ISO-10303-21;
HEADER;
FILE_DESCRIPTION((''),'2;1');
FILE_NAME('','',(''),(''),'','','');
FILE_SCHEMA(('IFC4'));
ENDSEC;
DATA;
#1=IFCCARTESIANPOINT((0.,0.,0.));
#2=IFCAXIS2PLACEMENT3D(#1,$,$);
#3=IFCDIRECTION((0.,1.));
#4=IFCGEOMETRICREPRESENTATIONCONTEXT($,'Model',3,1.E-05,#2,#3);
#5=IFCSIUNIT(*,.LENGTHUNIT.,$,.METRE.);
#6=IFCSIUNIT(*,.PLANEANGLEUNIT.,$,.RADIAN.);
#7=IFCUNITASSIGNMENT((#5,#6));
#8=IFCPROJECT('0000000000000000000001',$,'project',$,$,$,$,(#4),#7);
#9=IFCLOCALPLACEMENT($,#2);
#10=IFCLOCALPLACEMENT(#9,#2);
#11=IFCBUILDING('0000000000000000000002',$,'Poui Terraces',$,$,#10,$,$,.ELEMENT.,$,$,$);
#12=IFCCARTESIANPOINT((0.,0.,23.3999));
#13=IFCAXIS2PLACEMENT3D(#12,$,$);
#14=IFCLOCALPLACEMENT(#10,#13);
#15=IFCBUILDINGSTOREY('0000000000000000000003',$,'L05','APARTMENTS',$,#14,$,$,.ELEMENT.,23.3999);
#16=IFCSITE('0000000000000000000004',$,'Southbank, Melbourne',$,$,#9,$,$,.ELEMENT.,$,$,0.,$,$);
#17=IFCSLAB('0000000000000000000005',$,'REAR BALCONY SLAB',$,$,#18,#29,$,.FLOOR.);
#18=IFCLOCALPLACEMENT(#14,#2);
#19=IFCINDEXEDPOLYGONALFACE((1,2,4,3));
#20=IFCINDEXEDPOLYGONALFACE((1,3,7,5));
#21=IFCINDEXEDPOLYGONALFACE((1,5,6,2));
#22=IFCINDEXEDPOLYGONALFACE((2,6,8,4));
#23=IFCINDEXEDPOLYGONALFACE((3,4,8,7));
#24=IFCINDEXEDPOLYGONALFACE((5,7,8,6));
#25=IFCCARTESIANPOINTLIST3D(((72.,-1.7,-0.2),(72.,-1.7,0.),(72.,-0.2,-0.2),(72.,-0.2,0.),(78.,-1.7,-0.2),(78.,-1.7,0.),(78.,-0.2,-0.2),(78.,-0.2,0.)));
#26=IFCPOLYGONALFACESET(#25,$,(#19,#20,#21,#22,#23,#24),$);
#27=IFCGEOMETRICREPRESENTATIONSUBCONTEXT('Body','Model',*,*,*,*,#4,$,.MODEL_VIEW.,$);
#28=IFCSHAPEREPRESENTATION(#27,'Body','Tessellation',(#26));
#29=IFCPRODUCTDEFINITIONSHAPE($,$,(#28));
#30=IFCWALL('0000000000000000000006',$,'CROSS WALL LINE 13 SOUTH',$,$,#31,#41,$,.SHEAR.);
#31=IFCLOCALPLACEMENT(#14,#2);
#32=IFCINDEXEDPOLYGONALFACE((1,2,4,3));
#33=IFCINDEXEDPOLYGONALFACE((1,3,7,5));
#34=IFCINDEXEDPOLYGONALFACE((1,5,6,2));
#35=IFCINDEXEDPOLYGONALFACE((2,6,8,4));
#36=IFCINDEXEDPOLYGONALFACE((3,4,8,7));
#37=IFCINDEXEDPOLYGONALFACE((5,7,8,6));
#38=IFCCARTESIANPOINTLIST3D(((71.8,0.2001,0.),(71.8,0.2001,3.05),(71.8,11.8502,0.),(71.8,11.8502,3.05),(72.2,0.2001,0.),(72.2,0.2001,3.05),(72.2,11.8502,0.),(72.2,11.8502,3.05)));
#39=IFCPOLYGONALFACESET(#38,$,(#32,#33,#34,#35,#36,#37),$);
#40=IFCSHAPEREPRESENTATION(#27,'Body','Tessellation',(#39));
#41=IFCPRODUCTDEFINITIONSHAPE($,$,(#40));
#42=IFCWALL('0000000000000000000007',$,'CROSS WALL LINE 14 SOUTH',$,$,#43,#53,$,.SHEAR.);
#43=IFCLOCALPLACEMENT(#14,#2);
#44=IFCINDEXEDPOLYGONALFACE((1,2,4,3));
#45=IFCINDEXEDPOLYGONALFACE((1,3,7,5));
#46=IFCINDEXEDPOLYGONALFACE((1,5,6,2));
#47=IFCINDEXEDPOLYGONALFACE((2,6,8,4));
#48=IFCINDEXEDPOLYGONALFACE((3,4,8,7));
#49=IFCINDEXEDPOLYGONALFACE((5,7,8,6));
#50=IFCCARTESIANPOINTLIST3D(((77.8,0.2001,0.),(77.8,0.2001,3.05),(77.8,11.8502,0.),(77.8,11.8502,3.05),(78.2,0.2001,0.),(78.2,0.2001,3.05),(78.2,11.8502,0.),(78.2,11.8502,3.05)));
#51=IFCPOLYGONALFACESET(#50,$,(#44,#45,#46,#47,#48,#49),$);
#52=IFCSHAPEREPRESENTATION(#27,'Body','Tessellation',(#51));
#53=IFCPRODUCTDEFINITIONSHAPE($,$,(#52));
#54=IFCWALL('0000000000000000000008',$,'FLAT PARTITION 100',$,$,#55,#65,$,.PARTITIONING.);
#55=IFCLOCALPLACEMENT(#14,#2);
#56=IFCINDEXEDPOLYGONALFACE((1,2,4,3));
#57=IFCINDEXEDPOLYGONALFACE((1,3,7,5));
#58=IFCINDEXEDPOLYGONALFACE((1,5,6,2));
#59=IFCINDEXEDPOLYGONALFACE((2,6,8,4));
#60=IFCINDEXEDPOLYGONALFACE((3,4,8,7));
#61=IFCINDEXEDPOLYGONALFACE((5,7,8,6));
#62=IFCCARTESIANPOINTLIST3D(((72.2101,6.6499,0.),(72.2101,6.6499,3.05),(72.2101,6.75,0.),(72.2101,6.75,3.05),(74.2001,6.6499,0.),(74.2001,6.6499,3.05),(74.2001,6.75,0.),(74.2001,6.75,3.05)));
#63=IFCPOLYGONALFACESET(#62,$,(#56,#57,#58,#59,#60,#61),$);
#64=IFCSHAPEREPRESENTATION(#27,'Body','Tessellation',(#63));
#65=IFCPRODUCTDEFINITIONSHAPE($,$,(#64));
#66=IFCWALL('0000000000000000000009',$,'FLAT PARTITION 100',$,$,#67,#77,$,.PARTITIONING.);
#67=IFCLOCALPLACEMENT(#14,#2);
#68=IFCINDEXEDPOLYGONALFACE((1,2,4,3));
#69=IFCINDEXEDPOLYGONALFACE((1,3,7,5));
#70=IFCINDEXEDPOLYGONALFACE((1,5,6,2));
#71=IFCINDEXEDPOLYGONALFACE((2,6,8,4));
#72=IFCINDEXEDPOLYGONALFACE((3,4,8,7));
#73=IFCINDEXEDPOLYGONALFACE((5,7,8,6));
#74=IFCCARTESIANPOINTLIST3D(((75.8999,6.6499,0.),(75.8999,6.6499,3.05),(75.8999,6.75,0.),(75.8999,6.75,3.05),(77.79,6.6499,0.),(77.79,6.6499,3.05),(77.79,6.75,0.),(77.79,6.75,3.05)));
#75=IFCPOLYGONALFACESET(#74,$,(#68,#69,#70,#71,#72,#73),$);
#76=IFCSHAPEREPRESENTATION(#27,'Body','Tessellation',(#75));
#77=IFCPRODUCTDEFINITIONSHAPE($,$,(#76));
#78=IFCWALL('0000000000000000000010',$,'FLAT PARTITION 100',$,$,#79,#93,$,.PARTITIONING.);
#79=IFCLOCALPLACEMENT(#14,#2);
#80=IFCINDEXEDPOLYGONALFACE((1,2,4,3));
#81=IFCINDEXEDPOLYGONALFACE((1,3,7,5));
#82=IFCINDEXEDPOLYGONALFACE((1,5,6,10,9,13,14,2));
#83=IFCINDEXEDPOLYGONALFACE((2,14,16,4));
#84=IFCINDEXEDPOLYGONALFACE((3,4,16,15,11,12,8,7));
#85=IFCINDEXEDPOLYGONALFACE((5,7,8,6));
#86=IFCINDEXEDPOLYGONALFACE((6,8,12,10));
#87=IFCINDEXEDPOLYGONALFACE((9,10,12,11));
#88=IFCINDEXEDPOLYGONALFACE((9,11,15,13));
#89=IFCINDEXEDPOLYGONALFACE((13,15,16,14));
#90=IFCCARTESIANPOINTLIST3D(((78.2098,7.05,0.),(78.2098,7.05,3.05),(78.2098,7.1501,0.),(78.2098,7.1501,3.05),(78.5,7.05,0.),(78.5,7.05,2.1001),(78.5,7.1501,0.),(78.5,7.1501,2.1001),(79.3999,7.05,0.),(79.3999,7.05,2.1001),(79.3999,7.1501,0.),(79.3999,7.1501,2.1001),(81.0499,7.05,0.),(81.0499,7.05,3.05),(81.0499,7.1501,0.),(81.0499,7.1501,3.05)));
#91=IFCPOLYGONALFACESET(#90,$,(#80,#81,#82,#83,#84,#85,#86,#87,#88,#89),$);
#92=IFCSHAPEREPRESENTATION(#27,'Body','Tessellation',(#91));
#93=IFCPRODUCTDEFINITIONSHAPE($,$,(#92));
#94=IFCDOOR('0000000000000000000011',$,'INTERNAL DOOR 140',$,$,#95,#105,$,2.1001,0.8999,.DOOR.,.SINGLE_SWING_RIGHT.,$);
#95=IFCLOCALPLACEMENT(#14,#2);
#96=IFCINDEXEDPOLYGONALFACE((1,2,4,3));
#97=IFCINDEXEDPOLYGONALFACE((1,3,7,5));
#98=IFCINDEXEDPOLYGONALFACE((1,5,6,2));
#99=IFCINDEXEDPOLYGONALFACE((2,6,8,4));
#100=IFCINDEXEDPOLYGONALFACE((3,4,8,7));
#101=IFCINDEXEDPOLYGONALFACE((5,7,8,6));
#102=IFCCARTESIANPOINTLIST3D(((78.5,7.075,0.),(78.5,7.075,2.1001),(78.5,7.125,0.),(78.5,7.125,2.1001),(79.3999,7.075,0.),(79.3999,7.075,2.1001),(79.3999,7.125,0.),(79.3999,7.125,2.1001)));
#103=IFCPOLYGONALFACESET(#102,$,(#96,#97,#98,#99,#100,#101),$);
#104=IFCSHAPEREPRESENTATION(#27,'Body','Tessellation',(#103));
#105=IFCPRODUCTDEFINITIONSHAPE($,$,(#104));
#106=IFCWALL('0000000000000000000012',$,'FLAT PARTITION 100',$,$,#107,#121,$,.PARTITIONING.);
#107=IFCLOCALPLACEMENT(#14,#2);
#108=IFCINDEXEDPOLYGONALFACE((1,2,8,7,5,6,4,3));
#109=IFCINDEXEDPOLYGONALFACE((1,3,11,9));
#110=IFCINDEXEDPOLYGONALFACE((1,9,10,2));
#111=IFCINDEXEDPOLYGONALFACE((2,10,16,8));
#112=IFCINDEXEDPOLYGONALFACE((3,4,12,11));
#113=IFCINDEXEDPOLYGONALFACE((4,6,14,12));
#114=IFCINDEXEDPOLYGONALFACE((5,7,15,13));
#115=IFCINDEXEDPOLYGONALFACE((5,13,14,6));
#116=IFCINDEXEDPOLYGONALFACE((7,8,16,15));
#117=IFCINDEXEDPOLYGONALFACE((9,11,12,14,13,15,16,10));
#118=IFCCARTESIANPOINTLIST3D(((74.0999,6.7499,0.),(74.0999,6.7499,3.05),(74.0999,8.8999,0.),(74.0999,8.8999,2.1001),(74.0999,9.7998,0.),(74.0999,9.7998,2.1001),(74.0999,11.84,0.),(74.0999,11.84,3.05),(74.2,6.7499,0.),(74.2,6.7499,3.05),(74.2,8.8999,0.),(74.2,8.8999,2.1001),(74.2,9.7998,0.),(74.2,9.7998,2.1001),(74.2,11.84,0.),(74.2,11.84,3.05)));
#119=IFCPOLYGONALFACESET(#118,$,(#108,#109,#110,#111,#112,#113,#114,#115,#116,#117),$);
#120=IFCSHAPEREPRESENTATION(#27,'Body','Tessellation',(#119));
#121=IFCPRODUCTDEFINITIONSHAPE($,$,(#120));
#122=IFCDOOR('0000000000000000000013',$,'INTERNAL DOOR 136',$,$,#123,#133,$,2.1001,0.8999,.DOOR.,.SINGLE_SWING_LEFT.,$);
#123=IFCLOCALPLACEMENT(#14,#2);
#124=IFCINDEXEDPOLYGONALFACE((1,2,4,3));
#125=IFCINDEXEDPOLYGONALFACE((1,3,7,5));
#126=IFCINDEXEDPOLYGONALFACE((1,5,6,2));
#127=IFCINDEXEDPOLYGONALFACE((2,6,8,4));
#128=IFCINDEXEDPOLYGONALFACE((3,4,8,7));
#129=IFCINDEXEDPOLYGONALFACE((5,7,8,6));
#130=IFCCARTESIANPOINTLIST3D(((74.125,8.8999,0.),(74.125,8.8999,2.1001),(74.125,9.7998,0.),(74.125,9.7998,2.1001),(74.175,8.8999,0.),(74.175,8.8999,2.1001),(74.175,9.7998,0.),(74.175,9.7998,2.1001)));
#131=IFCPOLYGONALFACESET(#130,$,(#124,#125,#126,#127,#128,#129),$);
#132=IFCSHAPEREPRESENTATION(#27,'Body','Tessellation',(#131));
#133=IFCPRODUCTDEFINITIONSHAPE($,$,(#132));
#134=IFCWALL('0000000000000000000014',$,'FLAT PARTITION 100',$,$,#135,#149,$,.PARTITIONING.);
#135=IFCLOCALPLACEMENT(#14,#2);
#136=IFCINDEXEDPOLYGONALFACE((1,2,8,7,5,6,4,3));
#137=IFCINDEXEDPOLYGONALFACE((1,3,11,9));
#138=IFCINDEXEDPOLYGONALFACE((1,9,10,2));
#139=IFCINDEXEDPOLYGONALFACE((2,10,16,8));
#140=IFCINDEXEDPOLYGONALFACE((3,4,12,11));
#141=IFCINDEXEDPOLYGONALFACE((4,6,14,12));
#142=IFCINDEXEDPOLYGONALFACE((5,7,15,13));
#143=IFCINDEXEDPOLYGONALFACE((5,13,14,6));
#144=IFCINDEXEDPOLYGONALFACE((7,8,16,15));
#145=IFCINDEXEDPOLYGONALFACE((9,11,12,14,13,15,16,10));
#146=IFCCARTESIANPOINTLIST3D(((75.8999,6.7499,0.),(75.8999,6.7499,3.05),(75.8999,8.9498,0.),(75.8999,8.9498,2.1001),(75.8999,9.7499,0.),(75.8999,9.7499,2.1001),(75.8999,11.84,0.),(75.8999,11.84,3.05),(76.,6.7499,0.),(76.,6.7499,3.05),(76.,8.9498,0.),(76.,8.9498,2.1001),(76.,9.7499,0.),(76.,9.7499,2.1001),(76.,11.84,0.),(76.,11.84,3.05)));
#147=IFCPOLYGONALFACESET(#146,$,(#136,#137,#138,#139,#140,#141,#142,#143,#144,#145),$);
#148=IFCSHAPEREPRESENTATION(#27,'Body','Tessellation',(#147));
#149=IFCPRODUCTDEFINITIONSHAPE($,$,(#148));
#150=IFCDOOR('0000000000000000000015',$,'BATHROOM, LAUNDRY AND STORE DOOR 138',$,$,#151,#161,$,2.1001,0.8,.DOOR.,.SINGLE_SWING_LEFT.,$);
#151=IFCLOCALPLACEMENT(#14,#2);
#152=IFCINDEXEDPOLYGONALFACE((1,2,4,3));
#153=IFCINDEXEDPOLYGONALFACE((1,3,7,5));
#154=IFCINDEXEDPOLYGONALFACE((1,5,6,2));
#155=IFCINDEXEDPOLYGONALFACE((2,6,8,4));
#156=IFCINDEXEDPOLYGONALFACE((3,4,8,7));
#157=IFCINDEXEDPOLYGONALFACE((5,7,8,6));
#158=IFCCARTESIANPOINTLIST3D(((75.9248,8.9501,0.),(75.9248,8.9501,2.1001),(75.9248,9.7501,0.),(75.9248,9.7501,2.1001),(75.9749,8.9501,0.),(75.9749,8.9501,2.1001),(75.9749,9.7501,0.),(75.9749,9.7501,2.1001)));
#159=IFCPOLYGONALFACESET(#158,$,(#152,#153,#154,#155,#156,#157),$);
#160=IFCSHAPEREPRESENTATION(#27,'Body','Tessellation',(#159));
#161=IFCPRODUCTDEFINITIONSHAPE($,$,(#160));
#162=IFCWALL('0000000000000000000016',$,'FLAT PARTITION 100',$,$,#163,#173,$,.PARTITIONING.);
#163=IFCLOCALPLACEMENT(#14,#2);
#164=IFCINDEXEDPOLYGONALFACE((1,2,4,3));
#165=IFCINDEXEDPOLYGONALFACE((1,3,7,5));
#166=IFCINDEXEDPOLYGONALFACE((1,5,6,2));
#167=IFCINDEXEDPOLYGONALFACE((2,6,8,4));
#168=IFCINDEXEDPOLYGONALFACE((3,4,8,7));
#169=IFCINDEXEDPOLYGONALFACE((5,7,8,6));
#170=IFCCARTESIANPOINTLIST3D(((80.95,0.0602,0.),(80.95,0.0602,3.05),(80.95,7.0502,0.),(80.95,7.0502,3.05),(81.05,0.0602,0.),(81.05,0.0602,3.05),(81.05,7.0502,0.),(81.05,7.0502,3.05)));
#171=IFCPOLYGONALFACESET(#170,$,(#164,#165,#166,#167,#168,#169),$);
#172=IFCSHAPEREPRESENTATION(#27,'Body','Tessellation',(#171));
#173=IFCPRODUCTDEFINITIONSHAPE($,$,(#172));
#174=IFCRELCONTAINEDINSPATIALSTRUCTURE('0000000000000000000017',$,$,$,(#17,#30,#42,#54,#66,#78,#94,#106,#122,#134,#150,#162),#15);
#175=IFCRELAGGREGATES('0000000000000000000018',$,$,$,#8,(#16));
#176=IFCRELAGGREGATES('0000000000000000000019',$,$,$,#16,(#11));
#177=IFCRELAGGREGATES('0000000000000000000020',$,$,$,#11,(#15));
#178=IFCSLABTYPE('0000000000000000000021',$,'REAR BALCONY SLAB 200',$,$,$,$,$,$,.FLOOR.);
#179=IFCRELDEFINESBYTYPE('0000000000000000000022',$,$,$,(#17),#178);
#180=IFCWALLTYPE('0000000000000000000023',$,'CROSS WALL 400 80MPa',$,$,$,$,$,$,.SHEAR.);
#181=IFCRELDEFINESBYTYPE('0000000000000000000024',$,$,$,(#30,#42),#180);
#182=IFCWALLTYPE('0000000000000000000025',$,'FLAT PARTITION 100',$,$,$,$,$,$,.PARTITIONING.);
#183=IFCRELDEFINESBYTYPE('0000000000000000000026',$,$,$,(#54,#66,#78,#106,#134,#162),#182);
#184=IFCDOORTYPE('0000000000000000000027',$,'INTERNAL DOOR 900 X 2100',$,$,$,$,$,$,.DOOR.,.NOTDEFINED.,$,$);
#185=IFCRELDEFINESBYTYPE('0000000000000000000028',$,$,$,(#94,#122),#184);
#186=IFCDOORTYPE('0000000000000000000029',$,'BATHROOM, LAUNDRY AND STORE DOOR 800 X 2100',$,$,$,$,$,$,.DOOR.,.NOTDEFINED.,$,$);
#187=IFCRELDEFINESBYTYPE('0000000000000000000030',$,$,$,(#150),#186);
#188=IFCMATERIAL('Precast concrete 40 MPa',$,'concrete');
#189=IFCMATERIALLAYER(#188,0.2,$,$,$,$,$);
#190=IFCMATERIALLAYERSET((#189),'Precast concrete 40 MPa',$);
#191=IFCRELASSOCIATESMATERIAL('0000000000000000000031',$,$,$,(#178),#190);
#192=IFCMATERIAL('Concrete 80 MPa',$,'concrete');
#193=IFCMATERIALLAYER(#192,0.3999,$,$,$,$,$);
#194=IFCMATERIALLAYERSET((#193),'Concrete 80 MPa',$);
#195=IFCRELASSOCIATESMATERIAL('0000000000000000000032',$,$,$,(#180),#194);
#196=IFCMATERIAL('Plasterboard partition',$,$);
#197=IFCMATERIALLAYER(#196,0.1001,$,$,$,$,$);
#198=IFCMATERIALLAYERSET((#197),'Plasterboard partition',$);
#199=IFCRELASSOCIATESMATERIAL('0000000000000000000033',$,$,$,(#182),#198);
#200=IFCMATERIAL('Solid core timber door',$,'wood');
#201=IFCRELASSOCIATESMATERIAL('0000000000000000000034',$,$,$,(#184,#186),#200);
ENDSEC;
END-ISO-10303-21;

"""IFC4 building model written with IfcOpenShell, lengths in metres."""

from ifc_helpers import new_model, si_unit, direction, frame, frame_2d, origin, place, context, subcontext, project, spatial, polyline, rectangle, outline, extrude, source, transform, mapped, material, layer, layer_set, type_object, element, fill, save


model = new_model("IFC4")

# Units and contexts
model_context = context("Model", 3, precision=1e-05, world=origin(), true_north=direction((0.0, 1.0)))
body_context = subcontext(model_context, "Body", "Model", "MODEL_VIEW")
ifc_project = project(units=[si_unit("LENGTHUNIT", "METRE"), si_unit("PLANEANGLEUNIT", "RADIAN")], contexts=[model_context])

# Site, building, storey
site_placement = place(None, origin())
site = spatial("IfcSite", under=ifc_project, at=site_placement, Name="Southbank, Melbourne", CompositionType="ELEMENT", RefElevation=0.0)
building_placement = place(site_placement, origin())
building = spatial("IfcBuilding", under=site, at=building_placement, Name="Poui Terraces", CompositionType="ELEMENT")
storey_placement = place(building_placement, frame((0.0, 0.0, 23.3999)))
storey = spatial("IfcBuildingStorey", under=building, at=storey_placement, Name="L05", Description="APARTMENTS", CompositionType="ELEMENT", Elevation=23.3999)

# Slab
ifc_material_1 = material(Name="Precast concrete 40 MPa", Category="concrete")
ifc_layer_1 = layer(ifc_material_1, 0.2)
ifc_layer_set_1 = layer_set([ifc_layer_1], Name="Precast concrete 40 MPa")
slab_type = type_object("IfcSlabType", Name="REAR BALCONY SLAB 200", PredefinedType="FLOOR", material=ifc_layer_set_1)
shared_shape_1 = source(origin(), body_context, "Body", "SweptSolid", [
    extrude(outline(polyline([(0.0, 0.0), (6.0, 0.0), (6.0, 1.5), (0.0, 1.5), (0.0, 0.0)])), origin(), (0.0, 0.0, 1.0), 0.2),
])
slab_placement = place(storey_placement, frame((72.0, -1.7, -0.2)))
element("IfcSlab", 1, at=slab_placement, inside=storey, type_object=slab_type, Name="REAR BALCONY SLAB", PredefinedType="FLOOR", context=body_context, shape_type="MappedRepresentation", body=[
    mapped(shared_shape_1, transform((0.0, 0.0, 0.0))),
])

# Walls
ifc_material_2 = material(Name="Concrete 80 MPa", Category="concrete")
ifc_layer_2 = layer(ifc_material_2, 0.3999)
ifc_layer_set_2 = layer_set([ifc_layer_2], Name="Concrete 80 MPa")
wall_type_1 = type_object("IfcWallType", Name="CROSS WALL 400 80MPa", PredefinedType="SHEAR", material=ifc_layer_set_2)
for number, where, z_axis, x_axis, name in (
    (2, (72.0, 0.2, 0.0), (0.0, 0.0, 1.0), (0.0, 1.0, 0.0), "CROSS WALL LINE 13 SOUTH"),
    (3, (78.0, 0.2, 0.0), (0.0, 0.0, 1.0), (0.0, 1.0, 0.0), "CROSS WALL LINE 14 SOUTH"),
):
    element("IfcWall", number, at=place(storey_placement, frame(where, z_axis=z_axis, x_axis=x_axis)), inside=storey, type_object=wall_type_1, Name=name, PredefinedType="SHEAR", context=body_context, shape_type="SweptSolid", body=[
        extrude(rectangle(XDim=11.6501, YDim=0.3999, at=frame_2d((5.8252, 0.0))), origin(), (0.0, 0.0, 1.0), 3.05),
    ])
ifc_material_3 = material(Name="Plasterboard partition")
ifc_layer_3 = layer(ifc_material_3, 0.1001)
ifc_layer_set_3 = layer_set([ifc_layer_3], Name="Plasterboard partition")
wall_type_2 = type_object("IfcWallType", Name="FLAT PARTITION 100", PredefinedType="PARTITIONING", material=ifc_layer_set_3)
wall_1_placement = place(storey_placement, frame((72.21, 6.7, 0.0), z_axis=(0.0, 0.0, 1.0), x_axis=(1.0, 0.0, 0.0)))
element("IfcWall", 4, at=wall_1_placement, inside=storey, type_object=wall_type_2, Name="FLAT PARTITION 100", PredefinedType="PARTITIONING", context=body_context, shape_type="SweptSolid", body=[
    extrude(rectangle(XDim=1.99, YDim=0.1001, at=frame_2d((0.9951, 0.0))), origin(), (0.0, 0.0, 1.0), 3.05),
])
wall_2_placement = place(storey_placement, frame((75.8999, 6.7, 0.0), z_axis=(0.0, 0.0, 1.0), x_axis=(1.0, 0.0, 0.0)))
element("IfcWall", 5, at=wall_2_placement, inside=storey, type_object=wall_type_2, Name="FLAT PARTITION 100", PredefinedType="PARTITIONING", context=body_context, shape_type="SweptSolid", body=[
    extrude(rectangle(XDim=1.8901, YDim=0.1001, at=frame_2d((0.9451, 0.0))), origin(), (0.0, 0.0, 1.0), 3.05),
])

# Walls, openings, doors
wall_3_placement = place(storey_placement, frame((78.21, 7.1001, 0.0), z_axis=(0.0, 0.0, 1.0), x_axis=(1.0, 0.0, 0.0)))
wall_3 = element("IfcWall", 6, at=wall_3_placement, inside=storey, type_object=wall_type_2, Name="FLAT PARTITION 100", PredefinedType="PARTITIONING", context=body_context, shape_type="SweptSolid", body=[
    extrude(rectangle(XDim=2.8401, YDim=0.1001, at=frame_2d((1.4199, 0.0))), origin(), (0.0, 0.0, 1.0), 3.05),
])
opening_1_placement = place(wall_3_placement, frame((0.29, 0.0, 0.0)))
opening_1 = element("IfcOpeningElement", 7, at=opening_1_placement, cuts=wall_3, PredefinedType="OPENING", context=body_context, shape_type="SweptSolid", body=[
    extrude(rectangle(XDim=0.8999, YDim=2.1001, at=frame_2d((0.45, 1.05))), frame((0.0, 0.0601, 0.0), z_axis=(0.0, -1.0, 0.0), x_axis=(1.0, 0.0, 0.0)), (0.0, 0.0, 1.0), 0.1201),
])
ifc_material_4 = material(Name="Solid core timber door", Category="wood")
door_type_1 = type_object("IfcDoorType", Name="INTERNAL DOOR 900 X 2100", OperationType="NOTDEFINED", PredefinedType="DOOR", material=ifc_material_4)
door_1_placement = place(opening_1_placement, origin())
door_1 = element("IfcDoor", 8, at=door_1_placement, inside=storey, type_object=door_type_1, Name="INTERNAL DOOR 140", OperationType="SINGLE_SWING_RIGHT", OverallHeight=2.1001, OverallWidth=0.8999, PredefinedType="DOOR", context=body_context, shape_type="SweptSolid", body=[
    extrude(rectangle(XDim=0.8999, YDim=2.1001, at=frame_2d((0.45, 1.05))), frame((0.0, 0.0249, 0.0), z_axis=(0.0, -1.0, 0.0), x_axis=(1.0, 0.0, 0.0)), (0.0, 0.0, 1.0), 0.05),
])
fill(opening_1, door_1)
wall_4_placement = place(storey_placement, frame((74.1499, 6.75, 0.0), z_axis=(0.0, 0.0, 1.0), x_axis=(0.0, 1.0, 0.0)))
wall_4 = element("IfcWall", 9, at=wall_4_placement, inside=storey, type_object=wall_type_2, Name="FLAT PARTITION 100", PredefinedType="PARTITIONING", context=body_context, shape_type="SweptSolid", body=[
    extrude(rectangle(XDim=5.0901, YDim=0.1001, at=frame_2d((2.5449, 0.0))), origin(), (0.0, 0.0, 1.0), 3.05),
])
opening_2_placement = place(wall_4_placement, frame((2.1499, 0.0, 0.0)))
opening_2 = element("IfcOpeningElement", 10, at=opening_2_placement, cuts=wall_4, PredefinedType="OPENING", context=body_context, shape_type="SweptSolid", body=[
    extrude(rectangle(XDim=0.8999, YDim=2.1001, at=frame_2d((0.45, 1.05))), frame((0.0, 0.0601, 0.0), z_axis=(0.0, -1.0, 0.0), x_axis=(1.0, 0.0, 0.0)), (0.0, 0.0, 1.0), 0.1201),
])
door_2_placement = place(opening_2_placement, origin())
door_2 = element("IfcDoor", 11, at=door_2_placement, inside=storey, type_object=door_type_1, Name="INTERNAL DOOR 136", OperationType="SINGLE_SWING_LEFT", OverallHeight=2.1001, OverallWidth=0.8999, PredefinedType="DOOR", context=body_context, shape_type="SweptSolid", body=[
    extrude(rectangle(XDim=0.8999, YDim=2.1001, at=frame_2d((0.45, 1.05))), frame((0.0, 0.0249, 0.0), z_axis=(0.0, -1.0, 0.0), x_axis=(1.0, 0.0, 0.0)), (0.0, 0.0, 1.0), 0.05),
])
fill(opening_2, door_2)
wall_5_placement = place(storey_placement, frame((75.95, 6.75, 0.0), z_axis=(0.0, 0.0, 1.0), x_axis=(0.0, 1.0, 0.0)))
wall_5 = element("IfcWall", 12, at=wall_5_placement, inside=storey, type_object=wall_type_2, Name="FLAT PARTITION 100", PredefinedType="PARTITIONING", context=body_context, shape_type="SweptSolid", body=[
    extrude(rectangle(XDim=5.0901, YDim=0.1001, at=frame_2d((2.5449, 0.0))), origin(), (0.0, 0.0, 1.0), 3.05),
])
opening_3_placement = place(wall_5_placement, frame((2.2, 0.0, 0.0)))
opening_3 = element("IfcOpeningElement", 13, at=opening_3_placement, cuts=wall_5, PredefinedType="OPENING", context=body_context, shape_type="SweptSolid", body=[
    extrude(rectangle(XDim=0.8, YDim=2.1001, at=frame_2d((0.3999, 1.05))), frame((0.0, 0.0601, 0.0), z_axis=(0.0, -1.0, 0.0), x_axis=(1.0, 0.0, 0.0)), (0.0, 0.0, 1.0), 0.1201),
])
door_type_2 = type_object("IfcDoorType", Name="BATHROOM, LAUNDRY AND STORE DOOR 800 X 2100", OperationType="NOTDEFINED", PredefinedType="DOOR", material=ifc_material_4)
door_3_placement = place(opening_3_placement, frame((0.8, 0.0, 0.0), z_axis=(0.0, 0.0, 1.0), x_axis=(-1.0, 0.0, 0.0)))
door_3 = element("IfcDoor", 14, at=door_3_placement, inside=storey, type_object=door_type_2, Name="BATHROOM, LAUNDRY AND STORE DOOR 138", OperationType="SINGLE_SWING_LEFT", OverallHeight=2.1001, OverallWidth=0.8, PredefinedType="DOOR", context=body_context, shape_type="SweptSolid", body=[
    extrude(rectangle(XDim=0.8, YDim=2.1001, at=frame_2d((0.3999, 1.05))), frame((0.0, 0.0249, 0.0), z_axis=(0.0, -1.0, 0.0), x_axis=(1.0, 0.0, 0.0)), (0.0, 0.0, 1.0), 0.05),
])
fill(opening_3, door_3)

# Wall
wall_6_placement = place(storey_placement, frame((81.0, 0.0601, 0.0), z_axis=(0.0, 0.0, 1.0), x_axis=(0.0, 1.0, 0.0)))
element("IfcWall", 15, at=wall_6_placement, inside=storey, type_object=wall_type_2, Name="FLAT PARTITION 100", PredefinedType="PARTITIONING", context=body_context, shape_type="SweptSolid", body=[
    extrude(rectangle(XDim=6.99, YDim=0.1001, at=frame_2d((3.4951, 0.0))), origin(), (0.0, 0.0, 1.0), 3.05),
])

save(model, "model.ifc")
